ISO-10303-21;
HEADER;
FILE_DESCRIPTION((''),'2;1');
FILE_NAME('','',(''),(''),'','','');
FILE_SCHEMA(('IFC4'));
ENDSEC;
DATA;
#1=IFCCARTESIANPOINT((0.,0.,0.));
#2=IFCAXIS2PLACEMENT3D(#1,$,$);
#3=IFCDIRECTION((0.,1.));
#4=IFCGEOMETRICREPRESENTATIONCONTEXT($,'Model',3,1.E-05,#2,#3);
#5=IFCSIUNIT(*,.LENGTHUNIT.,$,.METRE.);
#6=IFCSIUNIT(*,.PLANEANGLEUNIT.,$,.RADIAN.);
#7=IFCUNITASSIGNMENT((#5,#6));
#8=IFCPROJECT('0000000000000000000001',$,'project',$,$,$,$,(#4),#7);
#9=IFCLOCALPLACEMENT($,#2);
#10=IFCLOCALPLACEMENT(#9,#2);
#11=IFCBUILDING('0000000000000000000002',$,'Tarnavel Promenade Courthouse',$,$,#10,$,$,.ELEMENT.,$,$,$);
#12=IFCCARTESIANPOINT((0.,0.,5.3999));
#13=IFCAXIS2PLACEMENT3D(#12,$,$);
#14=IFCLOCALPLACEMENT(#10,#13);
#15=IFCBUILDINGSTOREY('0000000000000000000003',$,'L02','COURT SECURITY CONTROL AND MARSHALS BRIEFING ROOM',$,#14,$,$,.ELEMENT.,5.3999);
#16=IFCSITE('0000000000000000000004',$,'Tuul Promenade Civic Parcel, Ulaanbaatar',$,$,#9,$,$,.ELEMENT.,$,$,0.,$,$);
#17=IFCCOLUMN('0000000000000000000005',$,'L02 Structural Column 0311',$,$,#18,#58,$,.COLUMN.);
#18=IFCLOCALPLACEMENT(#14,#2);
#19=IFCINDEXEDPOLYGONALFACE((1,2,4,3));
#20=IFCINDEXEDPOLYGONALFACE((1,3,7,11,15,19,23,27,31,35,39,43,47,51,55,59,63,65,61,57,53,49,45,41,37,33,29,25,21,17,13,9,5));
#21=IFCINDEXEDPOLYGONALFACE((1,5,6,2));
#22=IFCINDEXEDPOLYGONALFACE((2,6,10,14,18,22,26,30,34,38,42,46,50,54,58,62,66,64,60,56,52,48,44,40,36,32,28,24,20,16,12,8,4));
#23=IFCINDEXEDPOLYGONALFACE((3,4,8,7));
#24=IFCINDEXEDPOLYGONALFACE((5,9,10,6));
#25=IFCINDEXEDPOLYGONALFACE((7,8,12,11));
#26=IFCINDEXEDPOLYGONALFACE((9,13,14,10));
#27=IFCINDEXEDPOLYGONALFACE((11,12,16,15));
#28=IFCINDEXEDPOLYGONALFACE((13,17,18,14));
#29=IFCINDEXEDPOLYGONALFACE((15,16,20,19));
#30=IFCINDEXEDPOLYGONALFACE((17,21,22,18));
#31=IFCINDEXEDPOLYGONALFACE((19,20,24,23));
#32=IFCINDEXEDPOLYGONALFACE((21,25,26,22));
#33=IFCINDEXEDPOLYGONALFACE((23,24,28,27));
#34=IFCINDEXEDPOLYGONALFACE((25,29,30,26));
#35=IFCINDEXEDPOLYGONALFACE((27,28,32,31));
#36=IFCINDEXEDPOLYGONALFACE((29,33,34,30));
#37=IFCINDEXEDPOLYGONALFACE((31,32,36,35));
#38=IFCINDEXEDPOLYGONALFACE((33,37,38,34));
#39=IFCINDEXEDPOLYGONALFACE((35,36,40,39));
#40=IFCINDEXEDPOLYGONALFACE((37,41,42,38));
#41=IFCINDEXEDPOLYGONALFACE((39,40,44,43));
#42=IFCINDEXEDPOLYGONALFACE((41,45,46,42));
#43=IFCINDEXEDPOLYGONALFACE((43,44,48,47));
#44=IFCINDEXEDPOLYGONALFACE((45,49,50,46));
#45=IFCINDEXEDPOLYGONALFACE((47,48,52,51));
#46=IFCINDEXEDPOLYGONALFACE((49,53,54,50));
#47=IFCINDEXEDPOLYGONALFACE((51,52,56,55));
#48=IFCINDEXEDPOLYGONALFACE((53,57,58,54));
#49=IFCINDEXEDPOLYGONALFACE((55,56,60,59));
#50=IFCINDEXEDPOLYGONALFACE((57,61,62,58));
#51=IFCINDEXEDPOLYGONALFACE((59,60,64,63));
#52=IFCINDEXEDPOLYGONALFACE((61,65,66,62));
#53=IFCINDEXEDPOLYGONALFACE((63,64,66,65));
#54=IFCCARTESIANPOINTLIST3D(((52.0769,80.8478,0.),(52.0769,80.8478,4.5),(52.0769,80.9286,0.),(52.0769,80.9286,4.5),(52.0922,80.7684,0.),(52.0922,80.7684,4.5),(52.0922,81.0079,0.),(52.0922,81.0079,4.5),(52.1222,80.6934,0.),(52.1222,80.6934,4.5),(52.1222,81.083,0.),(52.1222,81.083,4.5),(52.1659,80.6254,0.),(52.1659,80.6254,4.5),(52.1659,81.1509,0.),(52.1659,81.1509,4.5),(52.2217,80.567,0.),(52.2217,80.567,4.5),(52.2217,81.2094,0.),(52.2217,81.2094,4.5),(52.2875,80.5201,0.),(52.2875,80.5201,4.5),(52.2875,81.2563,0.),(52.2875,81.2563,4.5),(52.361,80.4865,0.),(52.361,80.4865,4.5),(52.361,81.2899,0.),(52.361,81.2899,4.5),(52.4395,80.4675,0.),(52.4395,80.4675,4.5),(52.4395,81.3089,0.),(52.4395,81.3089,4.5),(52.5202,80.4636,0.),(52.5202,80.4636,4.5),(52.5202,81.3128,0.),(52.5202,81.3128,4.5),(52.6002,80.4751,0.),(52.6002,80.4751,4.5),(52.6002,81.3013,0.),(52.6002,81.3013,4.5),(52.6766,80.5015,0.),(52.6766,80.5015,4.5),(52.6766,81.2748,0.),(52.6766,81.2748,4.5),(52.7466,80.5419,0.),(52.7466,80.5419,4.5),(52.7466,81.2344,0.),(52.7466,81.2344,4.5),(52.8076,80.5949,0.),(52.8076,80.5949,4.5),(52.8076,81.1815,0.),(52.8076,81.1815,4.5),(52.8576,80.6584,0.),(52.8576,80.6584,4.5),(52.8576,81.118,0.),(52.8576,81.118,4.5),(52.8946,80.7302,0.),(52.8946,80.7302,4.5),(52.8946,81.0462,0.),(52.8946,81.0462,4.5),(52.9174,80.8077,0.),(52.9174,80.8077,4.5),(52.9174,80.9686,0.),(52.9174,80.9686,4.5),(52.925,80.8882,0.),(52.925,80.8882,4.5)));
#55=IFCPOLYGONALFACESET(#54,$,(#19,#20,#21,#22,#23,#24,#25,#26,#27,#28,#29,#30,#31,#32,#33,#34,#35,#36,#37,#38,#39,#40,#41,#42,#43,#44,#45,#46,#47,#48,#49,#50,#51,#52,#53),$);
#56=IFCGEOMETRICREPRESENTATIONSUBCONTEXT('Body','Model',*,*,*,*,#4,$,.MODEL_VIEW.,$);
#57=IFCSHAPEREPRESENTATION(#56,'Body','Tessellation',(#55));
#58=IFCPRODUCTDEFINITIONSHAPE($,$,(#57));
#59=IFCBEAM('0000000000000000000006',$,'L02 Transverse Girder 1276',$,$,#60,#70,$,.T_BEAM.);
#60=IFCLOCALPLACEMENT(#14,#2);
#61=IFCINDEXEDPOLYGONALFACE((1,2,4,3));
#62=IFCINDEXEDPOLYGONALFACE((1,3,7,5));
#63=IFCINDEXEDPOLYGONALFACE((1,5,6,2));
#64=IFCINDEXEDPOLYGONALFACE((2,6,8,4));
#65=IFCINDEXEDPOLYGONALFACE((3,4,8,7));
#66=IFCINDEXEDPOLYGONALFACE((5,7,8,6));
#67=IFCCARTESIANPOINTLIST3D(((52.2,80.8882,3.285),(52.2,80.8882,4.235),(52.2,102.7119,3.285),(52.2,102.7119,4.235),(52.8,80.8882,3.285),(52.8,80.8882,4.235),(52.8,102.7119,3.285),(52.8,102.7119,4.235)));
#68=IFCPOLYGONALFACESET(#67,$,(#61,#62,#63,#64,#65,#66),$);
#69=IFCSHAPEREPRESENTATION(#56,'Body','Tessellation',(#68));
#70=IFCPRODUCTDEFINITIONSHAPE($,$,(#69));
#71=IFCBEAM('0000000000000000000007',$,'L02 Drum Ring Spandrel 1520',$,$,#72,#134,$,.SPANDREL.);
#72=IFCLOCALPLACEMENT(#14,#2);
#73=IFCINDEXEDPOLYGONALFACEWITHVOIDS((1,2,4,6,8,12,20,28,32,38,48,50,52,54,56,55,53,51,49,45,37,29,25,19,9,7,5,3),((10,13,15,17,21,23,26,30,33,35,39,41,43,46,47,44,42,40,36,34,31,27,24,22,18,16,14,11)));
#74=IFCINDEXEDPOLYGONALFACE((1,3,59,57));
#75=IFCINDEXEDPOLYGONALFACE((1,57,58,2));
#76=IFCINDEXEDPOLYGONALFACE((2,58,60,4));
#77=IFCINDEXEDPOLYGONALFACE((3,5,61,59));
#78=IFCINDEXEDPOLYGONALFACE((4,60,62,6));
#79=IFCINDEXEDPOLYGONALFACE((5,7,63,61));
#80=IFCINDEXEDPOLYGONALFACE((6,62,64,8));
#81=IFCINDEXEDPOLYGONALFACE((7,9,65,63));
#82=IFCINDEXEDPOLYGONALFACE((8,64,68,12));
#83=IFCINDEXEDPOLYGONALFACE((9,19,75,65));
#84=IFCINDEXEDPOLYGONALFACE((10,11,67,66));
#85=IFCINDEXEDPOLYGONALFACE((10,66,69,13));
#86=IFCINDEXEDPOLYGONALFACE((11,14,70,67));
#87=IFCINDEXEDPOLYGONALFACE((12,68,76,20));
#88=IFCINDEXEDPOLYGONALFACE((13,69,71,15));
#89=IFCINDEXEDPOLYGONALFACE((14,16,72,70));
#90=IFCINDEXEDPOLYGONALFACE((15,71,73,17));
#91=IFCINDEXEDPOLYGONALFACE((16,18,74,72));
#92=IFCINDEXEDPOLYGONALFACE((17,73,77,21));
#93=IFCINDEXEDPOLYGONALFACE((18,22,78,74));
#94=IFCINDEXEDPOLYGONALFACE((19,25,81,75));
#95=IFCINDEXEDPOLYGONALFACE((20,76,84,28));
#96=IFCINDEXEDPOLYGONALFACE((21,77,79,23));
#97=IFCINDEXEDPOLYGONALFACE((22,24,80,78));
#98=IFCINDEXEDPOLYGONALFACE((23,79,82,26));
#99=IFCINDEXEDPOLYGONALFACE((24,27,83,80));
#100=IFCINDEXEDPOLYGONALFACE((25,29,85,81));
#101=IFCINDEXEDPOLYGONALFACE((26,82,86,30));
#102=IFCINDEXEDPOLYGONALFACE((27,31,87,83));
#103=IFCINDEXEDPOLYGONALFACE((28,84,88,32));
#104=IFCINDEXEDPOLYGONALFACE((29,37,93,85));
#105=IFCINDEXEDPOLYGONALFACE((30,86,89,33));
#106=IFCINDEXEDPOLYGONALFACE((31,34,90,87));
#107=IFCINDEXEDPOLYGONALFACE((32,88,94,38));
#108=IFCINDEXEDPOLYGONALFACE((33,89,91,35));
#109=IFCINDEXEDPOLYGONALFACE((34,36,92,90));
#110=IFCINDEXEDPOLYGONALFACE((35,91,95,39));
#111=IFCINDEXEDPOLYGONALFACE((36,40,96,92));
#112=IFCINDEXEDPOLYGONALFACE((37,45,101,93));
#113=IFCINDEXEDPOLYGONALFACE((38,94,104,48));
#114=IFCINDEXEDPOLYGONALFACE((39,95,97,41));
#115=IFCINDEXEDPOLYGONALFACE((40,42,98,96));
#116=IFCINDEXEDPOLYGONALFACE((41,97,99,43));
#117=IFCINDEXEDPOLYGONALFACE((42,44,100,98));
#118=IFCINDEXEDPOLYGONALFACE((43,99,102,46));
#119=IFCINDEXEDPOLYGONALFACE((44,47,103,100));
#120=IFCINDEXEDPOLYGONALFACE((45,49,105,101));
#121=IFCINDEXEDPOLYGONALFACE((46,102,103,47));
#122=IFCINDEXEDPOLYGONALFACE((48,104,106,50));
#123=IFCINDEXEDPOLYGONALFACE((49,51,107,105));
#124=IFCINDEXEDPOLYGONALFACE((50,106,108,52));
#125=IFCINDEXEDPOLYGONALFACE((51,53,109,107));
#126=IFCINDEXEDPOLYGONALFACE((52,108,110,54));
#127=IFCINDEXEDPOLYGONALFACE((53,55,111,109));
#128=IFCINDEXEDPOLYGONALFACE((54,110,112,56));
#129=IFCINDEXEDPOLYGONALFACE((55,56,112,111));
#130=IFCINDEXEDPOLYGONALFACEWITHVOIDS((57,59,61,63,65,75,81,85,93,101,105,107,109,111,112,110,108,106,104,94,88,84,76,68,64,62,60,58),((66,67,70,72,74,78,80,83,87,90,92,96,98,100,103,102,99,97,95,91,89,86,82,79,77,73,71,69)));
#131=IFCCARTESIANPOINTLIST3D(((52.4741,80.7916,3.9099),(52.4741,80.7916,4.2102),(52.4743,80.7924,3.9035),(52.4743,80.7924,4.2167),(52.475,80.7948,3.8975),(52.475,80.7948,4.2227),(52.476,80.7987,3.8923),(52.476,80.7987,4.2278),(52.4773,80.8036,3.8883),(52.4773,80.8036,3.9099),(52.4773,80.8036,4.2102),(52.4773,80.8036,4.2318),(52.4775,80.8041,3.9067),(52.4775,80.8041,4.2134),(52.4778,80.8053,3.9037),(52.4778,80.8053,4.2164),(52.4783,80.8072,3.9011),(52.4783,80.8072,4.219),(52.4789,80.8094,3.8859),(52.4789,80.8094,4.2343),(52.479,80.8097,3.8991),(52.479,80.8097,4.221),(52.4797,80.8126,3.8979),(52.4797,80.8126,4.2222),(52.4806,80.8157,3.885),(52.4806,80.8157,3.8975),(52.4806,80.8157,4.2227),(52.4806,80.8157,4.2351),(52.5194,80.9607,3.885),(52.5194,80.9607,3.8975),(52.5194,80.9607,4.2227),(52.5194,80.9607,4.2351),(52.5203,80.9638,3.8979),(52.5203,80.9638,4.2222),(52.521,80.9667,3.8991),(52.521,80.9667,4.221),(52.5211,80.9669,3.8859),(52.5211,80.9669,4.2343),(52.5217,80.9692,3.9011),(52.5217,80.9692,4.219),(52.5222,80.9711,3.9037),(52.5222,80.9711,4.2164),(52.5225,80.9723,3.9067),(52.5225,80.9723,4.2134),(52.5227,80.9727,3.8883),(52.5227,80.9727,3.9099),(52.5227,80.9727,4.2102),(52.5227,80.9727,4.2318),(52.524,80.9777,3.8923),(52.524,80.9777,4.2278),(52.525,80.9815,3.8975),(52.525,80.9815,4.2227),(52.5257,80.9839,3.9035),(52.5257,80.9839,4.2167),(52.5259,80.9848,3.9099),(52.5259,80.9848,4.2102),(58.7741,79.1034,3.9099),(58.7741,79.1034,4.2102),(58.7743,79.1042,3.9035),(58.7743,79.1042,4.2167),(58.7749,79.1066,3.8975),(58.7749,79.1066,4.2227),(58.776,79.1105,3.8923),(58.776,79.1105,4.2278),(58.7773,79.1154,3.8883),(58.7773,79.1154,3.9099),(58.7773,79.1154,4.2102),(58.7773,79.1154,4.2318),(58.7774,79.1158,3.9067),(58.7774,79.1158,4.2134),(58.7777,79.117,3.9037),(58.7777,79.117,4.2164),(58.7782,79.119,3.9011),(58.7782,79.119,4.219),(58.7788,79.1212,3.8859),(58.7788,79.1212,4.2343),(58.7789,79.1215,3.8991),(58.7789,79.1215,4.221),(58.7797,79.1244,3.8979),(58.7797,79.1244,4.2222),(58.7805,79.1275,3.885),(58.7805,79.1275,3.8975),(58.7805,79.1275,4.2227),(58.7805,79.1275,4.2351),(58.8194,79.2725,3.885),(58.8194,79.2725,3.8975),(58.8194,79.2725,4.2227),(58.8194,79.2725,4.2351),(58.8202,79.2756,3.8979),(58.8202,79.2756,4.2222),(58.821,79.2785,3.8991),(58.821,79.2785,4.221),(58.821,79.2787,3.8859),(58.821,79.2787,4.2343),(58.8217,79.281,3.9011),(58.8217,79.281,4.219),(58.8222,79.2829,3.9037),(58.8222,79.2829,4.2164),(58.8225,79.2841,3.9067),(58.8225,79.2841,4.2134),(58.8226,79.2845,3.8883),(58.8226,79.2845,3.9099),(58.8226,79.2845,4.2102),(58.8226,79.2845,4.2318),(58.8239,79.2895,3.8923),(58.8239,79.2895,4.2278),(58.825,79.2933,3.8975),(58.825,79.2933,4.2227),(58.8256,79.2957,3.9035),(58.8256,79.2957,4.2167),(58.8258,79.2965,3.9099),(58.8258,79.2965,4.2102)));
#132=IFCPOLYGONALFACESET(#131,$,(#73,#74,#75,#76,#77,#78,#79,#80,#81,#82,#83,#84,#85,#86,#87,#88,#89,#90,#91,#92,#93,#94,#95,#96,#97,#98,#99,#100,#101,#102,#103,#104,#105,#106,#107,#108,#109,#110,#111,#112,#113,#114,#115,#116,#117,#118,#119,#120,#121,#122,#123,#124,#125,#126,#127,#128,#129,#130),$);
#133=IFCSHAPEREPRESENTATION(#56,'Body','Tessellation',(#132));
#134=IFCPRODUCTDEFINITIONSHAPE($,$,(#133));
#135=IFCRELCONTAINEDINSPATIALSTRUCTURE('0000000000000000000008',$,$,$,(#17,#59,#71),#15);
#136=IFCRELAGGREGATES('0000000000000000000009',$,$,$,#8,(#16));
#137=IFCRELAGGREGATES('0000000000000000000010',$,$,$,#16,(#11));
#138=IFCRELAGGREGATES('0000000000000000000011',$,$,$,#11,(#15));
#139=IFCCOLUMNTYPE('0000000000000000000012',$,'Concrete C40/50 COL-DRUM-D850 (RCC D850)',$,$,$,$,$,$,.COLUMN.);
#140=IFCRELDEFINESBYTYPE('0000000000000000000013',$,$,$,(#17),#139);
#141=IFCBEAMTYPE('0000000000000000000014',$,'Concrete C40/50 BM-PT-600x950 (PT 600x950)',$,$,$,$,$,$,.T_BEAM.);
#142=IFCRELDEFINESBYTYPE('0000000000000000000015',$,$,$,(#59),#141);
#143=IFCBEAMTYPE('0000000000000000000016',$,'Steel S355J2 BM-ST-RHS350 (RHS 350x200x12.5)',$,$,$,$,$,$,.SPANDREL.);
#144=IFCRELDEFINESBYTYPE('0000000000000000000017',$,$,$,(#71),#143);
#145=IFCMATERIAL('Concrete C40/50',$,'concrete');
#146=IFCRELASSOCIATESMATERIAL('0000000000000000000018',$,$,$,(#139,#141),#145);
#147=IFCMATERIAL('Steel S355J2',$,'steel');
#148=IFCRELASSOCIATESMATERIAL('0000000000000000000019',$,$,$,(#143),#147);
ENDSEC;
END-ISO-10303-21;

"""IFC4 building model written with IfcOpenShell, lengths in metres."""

from ifc_helpers import new_model, si_unit, direction, frame, origin, origin_2d, place, context, subcontext, project, spatial, rectangle, hollow_rectangle, circle, extrude, material, material_profile, profile_set, type_object, element, save


model = new_model("IFC4")

# Units and contexts
model_context = context("Model", 3, precision=1e-05, world=origin(), true_north=direction((0.0, 1.0)))
body_context = subcontext(model_context, "Body", "Model", "MODEL_VIEW")
ifc_project = project(units=[si_unit("LENGTHUNIT", "METRE"), si_unit("PLANEANGLEUNIT", "RADIAN")], contexts=[model_context])

# Site, building, storey
site_placement = place(None, origin())
site = spatial("IfcSite", under=ifc_project, at=site_placement, Name="Tuul Promenade Civic Parcel, Ulaanbaatar", CompositionType="ELEMENT", RefElevation=0.0)
building_placement = place(site_placement, origin())
building = spatial("IfcBuilding", under=site, at=building_placement, Name="Tarnavel Promenade Courthouse", CompositionType="ELEMENT")
storey_placement = place(building_placement, frame((0.0, 0.0, 5.3999)))
storey = spatial("IfcBuildingStorey", under=building, at=storey_placement, Name="L02", Description="COURT SECURITY CONTROL AND MARSHALS BRIEFING ROOM", CompositionType="ELEMENT", Elevation=5.3999)

# Column
ifc_material_1 = material(Name="Concrete C40/50", Category="concrete")
ifc_material_profile_1 = material_profile(ifc_material_1, circle(Radius=0.425, at=origin_2d()), Name="RCC D850")
ifc_profile_set_1 = profile_set([ifc_material_profile_1], Name="Concrete C40/50")
column_type = type_object("IfcColumnType", Name="Concrete C40/50 COL-DRUM-D850 (RCC D850)", PredefinedType="COLUMN", material=ifc_profile_set_1)
column_placement = place(storey_placement, frame((52.5, 80.8882, 0.0), z_axis=(0.0, 0.0, 1.0), x_axis=(1.0, 0.0, 0.0)))
element("IfcColumn", 1, at=column_placement, inside=storey, type_object=column_type, Name="L02 Structural Column 0311", PredefinedType="COLUMN", context=body_context, shape_type="SweptSolid", body=[
    extrude(circle(Radius=0.425, at=origin_2d()), origin(), (0.0, 0.0, 1.0), 4.5),
])

# Beams
ifc_material_profile_2 = material_profile(ifc_material_1, rectangle(XDim=0.6001, YDim=0.95, at=origin_2d()), Name="PT 600x950")
ifc_profile_set_2 = profile_set([ifc_material_profile_2], Name="Concrete C40/50")
beam_type_1 = type_object("IfcBeamType", Name="Concrete C40/50 BM-PT-600x950 (PT 600x950)", PredefinedType="T_BEAM", material=ifc_profile_set_2)
beam_1_placement = place(storey_placement, frame((52.5, 80.8882, 3.76), z_axis=(0.0, 1.0, 0.0), x_axis=(-1.0, 0.0, 0.0)))
element("IfcBeam", 2, at=beam_1_placement, inside=storey, type_object=beam_type_1, Name="L02 Transverse Girder 1276", PredefinedType="T_BEAM", context=body_context, shape_type="SweptSolid", body=[
    extrude(rectangle(XDim=0.6001, YDim=0.95, at=origin_2d()), origin(), (0.0, 0.0, 1.0), 21.8237),
])
ifc_material_2 = material(Name="Steel S355J2", Category="steel")
ifc_material_profile_3 = material_profile(ifc_material_2, hollow_rectangle(XDim=0.2, YDim=0.3501, WallThickness=0.0125, InnerFilletRadius=0.0125, OuterFilletRadius=0.0249, at=origin_2d()), Name="RHS 350x200x12.5")
ifc_profile_set_3 = profile_set([ifc_material_profile_3], Name="Steel S355J2")
beam_type_2 = type_object("IfcBeamType", Name="Steel S355J2 BM-ST-RHS350 (RHS 350x200x12.5)", PredefinedType="SPANDREL", material=ifc_profile_set_3)
beam_2_placement = place(storey_placement, frame((52.5, 80.8882, 4.0601), z_axis=(0.96592, -0.258839, 0.0), x_axis=(0.258839, 0.96592, 0.0)))
element("IfcBeam", 3, at=beam_2_placement, inside=storey, type_object=beam_type_2, Name="L02 Drum Ring Spandrel 1520", PredefinedType="SPANDREL", context=body_context, shape_type="SweptSolid", body=[
    extrude(hollow_rectangle(XDim=0.2, YDim=0.3501, WallThickness=0.0125, InnerFilletRadius=0.0125, OuterFilletRadius=0.0249, at=origin_2d()), origin(), (0.0, 0.0, 1.0), 6.5222),
])

save(model, "model.ifc")
